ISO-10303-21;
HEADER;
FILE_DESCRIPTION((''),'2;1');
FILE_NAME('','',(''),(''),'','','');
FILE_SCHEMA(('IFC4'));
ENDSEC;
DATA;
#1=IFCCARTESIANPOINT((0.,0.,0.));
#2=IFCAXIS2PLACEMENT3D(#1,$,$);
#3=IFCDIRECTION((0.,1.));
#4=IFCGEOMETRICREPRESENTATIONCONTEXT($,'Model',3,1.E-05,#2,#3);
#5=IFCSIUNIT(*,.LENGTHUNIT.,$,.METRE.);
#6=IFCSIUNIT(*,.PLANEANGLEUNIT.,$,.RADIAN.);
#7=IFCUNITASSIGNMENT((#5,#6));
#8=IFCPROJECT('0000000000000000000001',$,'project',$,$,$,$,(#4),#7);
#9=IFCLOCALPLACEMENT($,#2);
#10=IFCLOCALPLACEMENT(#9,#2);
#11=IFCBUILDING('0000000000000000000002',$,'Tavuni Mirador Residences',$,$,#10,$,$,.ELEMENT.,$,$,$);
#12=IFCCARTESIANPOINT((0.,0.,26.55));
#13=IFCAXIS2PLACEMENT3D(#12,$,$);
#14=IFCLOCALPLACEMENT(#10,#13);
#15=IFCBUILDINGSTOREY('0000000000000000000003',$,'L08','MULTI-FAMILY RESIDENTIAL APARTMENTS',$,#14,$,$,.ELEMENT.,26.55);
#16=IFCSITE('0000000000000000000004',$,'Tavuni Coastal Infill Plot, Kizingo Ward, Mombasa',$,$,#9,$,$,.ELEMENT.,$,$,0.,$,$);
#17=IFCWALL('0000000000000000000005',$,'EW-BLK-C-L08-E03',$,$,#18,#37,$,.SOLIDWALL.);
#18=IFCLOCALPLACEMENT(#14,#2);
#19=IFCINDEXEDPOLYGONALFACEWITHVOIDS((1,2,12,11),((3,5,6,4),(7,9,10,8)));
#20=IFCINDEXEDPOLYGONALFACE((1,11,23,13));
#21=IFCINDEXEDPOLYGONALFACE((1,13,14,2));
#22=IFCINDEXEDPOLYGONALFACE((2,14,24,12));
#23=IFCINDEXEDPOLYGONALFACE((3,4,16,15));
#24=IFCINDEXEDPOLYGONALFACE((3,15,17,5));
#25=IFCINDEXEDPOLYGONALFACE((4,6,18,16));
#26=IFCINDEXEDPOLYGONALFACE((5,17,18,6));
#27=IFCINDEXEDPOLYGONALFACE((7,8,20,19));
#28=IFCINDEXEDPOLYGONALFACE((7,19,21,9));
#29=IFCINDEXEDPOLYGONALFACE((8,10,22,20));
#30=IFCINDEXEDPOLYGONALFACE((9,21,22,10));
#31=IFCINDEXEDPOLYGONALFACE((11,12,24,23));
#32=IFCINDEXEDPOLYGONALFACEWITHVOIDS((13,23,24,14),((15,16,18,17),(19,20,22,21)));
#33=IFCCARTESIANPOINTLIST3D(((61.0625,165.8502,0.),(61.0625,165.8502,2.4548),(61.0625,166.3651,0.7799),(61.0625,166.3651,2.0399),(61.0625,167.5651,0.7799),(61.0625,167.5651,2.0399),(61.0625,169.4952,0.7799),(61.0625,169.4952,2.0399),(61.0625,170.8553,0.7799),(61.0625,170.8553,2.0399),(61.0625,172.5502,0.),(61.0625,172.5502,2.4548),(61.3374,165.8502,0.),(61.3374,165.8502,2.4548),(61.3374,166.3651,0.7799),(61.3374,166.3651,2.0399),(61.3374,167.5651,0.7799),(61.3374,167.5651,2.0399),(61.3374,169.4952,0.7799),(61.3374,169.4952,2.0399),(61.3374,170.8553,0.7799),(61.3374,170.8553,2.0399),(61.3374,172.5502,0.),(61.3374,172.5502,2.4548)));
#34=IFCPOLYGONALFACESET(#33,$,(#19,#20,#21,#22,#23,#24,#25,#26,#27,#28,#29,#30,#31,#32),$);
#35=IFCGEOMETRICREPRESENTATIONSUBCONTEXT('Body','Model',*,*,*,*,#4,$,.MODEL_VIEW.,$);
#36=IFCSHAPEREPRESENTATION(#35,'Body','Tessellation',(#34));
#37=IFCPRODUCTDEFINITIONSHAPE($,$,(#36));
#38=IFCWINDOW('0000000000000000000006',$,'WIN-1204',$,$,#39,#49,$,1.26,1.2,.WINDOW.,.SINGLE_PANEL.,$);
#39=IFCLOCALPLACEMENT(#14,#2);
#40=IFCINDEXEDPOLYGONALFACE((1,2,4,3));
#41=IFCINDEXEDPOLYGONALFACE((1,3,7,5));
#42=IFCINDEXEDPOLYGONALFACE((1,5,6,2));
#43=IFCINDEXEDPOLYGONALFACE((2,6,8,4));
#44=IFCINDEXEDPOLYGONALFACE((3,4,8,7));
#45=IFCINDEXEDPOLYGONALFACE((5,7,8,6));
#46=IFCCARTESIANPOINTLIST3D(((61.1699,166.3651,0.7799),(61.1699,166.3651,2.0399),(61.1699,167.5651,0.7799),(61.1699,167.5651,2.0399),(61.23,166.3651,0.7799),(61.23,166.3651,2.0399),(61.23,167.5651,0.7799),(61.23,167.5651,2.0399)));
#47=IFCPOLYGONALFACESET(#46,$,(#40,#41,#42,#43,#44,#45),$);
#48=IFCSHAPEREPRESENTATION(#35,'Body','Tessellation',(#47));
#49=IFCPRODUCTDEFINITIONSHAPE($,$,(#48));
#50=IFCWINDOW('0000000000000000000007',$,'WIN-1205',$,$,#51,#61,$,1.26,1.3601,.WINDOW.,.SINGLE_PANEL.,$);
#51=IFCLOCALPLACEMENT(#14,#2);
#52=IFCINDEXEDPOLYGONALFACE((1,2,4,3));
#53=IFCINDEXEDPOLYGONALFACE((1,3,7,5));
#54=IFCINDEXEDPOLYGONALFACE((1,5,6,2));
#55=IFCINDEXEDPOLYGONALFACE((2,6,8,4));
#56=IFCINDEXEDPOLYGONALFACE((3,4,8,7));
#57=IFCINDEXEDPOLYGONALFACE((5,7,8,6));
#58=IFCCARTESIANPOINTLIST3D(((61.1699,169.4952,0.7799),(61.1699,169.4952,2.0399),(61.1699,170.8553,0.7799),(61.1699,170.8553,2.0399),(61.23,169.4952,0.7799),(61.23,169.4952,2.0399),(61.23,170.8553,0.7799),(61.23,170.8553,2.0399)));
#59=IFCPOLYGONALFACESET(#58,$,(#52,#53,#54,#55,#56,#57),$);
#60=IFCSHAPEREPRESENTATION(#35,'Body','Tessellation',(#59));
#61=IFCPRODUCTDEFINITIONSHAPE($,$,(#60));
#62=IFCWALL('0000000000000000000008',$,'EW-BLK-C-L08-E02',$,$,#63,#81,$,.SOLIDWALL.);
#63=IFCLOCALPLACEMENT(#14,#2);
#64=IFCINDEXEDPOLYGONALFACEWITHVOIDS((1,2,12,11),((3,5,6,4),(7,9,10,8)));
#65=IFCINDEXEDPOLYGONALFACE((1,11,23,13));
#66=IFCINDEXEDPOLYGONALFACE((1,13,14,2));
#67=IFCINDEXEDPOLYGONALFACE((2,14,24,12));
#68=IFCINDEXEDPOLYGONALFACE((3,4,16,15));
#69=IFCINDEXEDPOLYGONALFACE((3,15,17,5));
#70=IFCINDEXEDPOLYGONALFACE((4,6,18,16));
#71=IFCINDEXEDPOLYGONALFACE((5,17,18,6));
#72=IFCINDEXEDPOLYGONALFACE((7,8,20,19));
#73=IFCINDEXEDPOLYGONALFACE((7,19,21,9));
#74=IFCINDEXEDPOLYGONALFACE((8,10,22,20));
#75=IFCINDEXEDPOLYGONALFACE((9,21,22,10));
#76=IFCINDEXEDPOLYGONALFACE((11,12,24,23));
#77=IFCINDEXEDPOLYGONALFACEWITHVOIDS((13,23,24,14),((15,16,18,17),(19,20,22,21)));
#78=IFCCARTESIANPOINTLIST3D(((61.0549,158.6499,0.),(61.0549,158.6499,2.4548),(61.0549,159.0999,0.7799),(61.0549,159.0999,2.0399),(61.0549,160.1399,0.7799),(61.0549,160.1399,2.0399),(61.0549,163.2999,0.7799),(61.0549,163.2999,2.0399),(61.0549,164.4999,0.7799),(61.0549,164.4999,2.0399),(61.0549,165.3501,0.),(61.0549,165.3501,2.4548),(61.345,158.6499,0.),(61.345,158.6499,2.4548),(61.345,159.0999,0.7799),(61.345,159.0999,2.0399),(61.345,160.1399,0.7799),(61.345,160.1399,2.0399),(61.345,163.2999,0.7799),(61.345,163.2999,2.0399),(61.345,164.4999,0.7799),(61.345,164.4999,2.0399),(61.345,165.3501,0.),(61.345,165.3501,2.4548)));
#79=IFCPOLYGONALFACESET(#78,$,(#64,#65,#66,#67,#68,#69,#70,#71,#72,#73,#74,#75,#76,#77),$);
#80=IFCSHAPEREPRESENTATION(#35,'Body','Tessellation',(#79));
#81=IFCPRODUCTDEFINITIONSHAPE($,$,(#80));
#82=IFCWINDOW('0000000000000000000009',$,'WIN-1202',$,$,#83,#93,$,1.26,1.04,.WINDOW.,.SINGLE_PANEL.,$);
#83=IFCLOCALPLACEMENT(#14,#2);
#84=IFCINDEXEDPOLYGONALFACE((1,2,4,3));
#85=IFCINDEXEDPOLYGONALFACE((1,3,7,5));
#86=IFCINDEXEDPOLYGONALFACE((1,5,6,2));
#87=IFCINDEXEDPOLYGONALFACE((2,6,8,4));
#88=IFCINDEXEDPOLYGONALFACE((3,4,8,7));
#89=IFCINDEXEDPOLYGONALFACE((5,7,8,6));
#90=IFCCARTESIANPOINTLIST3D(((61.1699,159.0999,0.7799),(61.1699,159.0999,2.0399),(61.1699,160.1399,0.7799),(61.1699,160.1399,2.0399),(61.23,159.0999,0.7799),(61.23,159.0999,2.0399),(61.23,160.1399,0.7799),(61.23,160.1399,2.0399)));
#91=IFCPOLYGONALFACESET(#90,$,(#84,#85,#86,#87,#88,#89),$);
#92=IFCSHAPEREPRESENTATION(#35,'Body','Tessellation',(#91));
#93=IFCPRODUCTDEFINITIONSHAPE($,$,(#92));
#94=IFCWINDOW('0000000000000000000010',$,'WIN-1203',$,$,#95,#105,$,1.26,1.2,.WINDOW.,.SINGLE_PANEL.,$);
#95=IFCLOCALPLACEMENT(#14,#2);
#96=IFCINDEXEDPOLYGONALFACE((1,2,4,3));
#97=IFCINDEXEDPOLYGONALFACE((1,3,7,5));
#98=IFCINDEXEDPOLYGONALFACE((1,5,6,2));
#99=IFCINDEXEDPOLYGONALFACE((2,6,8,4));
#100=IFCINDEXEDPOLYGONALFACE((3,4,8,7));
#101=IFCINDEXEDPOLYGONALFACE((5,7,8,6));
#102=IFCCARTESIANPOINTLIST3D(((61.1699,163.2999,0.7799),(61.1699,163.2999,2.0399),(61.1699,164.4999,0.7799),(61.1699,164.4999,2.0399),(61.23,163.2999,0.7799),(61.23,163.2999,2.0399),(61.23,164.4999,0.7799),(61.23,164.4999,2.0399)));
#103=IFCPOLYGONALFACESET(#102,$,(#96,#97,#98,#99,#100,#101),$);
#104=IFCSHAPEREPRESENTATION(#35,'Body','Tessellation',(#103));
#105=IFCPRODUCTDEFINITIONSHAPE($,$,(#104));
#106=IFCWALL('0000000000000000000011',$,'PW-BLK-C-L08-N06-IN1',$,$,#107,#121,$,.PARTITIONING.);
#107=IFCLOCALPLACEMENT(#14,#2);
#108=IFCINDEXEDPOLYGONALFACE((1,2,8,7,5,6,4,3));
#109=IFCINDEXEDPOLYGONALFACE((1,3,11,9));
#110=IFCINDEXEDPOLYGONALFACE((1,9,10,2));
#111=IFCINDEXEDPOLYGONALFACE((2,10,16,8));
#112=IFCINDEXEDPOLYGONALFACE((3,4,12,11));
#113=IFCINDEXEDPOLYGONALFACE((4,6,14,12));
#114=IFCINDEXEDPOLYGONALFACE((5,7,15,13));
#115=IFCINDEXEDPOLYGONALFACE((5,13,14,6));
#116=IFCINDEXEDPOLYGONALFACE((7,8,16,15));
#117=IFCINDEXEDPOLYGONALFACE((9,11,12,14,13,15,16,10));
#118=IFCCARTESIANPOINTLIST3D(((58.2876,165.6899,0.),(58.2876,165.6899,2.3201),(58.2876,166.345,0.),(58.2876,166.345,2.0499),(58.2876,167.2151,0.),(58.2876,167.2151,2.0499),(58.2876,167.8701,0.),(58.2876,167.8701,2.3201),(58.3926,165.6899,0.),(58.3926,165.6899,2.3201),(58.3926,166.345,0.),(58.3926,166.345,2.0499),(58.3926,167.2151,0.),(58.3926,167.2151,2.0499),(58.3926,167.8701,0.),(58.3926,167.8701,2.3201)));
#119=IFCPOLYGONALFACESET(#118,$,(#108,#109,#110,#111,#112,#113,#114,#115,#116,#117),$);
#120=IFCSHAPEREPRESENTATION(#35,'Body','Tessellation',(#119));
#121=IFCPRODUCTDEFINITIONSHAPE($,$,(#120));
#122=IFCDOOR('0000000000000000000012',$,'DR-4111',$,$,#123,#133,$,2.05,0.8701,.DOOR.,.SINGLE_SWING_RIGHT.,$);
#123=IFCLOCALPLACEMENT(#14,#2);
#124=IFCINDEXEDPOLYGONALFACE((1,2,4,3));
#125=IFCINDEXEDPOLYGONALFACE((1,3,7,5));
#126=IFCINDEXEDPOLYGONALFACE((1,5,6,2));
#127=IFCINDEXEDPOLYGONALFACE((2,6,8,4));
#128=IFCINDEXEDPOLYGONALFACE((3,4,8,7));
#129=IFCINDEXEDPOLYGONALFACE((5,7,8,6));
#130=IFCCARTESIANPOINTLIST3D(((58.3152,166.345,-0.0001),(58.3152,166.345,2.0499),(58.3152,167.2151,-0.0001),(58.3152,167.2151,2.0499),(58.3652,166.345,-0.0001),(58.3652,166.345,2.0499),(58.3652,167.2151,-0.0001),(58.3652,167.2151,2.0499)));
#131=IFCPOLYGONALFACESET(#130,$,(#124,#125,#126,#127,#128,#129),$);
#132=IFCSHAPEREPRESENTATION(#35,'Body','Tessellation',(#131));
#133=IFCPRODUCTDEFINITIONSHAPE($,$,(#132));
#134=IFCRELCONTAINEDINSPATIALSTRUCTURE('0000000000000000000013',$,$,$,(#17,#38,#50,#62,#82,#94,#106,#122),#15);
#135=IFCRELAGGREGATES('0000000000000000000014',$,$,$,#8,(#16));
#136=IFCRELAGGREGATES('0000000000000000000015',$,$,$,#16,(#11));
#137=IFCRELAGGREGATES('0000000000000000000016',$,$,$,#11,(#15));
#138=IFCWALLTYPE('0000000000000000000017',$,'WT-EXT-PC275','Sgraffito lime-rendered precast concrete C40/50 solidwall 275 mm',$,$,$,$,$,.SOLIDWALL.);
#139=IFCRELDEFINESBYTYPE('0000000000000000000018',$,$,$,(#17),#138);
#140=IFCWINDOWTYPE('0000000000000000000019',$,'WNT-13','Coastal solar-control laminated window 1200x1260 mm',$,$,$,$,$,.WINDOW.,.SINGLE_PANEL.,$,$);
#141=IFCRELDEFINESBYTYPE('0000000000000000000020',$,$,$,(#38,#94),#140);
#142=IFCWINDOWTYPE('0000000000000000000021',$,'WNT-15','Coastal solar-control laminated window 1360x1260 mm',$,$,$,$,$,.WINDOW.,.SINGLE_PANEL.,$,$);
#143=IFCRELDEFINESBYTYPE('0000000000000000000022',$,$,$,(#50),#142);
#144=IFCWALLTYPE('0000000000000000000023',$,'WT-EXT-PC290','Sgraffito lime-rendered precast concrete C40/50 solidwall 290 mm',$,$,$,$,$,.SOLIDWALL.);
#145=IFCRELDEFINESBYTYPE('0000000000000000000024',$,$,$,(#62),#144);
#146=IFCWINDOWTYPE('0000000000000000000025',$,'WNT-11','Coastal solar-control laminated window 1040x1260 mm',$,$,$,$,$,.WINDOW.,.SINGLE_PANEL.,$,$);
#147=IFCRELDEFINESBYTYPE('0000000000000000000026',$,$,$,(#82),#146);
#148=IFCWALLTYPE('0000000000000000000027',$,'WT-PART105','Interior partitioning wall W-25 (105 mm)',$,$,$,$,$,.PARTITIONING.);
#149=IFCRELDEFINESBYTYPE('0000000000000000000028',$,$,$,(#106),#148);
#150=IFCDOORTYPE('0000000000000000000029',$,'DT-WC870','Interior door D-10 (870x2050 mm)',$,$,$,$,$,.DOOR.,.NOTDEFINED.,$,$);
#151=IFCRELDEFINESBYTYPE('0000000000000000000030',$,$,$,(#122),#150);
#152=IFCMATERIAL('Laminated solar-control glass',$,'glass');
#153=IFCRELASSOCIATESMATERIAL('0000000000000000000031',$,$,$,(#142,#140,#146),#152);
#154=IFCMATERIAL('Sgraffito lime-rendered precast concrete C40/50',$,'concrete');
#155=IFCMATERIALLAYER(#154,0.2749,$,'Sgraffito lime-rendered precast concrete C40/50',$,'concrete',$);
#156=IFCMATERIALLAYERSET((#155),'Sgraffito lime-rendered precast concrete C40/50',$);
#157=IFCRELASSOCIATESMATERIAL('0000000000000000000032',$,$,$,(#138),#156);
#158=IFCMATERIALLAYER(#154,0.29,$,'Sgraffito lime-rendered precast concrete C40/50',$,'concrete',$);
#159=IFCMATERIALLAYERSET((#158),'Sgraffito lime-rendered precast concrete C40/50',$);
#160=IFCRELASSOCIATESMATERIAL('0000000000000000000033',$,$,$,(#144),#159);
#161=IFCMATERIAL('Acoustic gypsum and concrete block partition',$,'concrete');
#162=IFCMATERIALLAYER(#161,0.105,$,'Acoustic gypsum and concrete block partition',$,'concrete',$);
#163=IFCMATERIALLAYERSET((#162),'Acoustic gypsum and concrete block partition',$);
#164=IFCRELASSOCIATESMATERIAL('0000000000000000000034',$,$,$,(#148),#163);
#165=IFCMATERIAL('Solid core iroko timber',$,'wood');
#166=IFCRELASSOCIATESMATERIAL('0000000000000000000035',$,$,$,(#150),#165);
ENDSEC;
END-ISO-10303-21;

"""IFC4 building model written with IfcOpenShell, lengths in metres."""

from ifc_helpers import new_model, si_unit, direction, frame, frame_2d, origin, place, context, subcontext, project, spatial, rectangle, extrude, material, layer, layer_set, type_object, element, fill, save


model = new_model("IFC4")

# Units and contexts
model_context = context("Model", 3, precision=1e-05, world=origin(), true_north=direction((0.0, 1.0)))
body_context = subcontext(model_context, "Body", "Model", "MODEL_VIEW")
ifc_project = project(units=[si_unit("LENGTHUNIT", "METRE"), si_unit("PLANEANGLEUNIT", "RADIAN")], contexts=[model_context])

# Site, building, storey
site_placement = place(None, origin())
site = spatial("IfcSite", under=ifc_project, at=site_placement, Name="Tavuni Coastal Infill Plot, Kizingo Ward, Mombasa", CompositionType="ELEMENT", RefElevation=0.0)
building_placement = place(site_placement, origin())
building = spatial("IfcBuilding", under=site, at=building_placement, Name="Tavuni Mirador Residences", CompositionType="ELEMENT")
storey_placement = place(building_placement, frame((0.0, 0.0, 26.55)))
storey = spatial("IfcBuildingStorey", under=building, at=storey_placement, Name="L08", Description="MULTI-FAMILY RESIDENTIAL APARTMENTS", CompositionType="ELEMENT", Elevation=26.55)

# Shared definitions
ifc_material_1 = material(Name="Solid core iroko timber", Category="wood")

# Walls, openings, windows
ifc_material_2 = material(Name="Laminated solar-control glass", Category="glass")
window_type_1 = type_object("IfcWindowType", Name="WNT-15", Description="Coastal solar-control laminated window 1360x1260 mm", PartitioningType="SINGLE_PANEL", PredefinedType="WINDOW", material=ifc_material_2)
ifc_material_3 = material(Name="Sgraffito lime-rendered precast concrete C40/50", Category="concrete")
ifc_layer_1 = layer(ifc_material_3, 0.2749, Name="Sgraffito lime-rendered precast concrete C40/50", Category="concrete")
ifc_layer_set_1 = layer_set([ifc_layer_1], Name="Sgraffito lime-rendered precast concrete C40/50")
wall_type_1 = type_object("IfcWallType", Name="WT-EXT-PC275", Description="Sgraffito lime-rendered precast concrete C40/50 solidwall 275 mm", PredefinedType="SOLIDWALL", material=ifc_layer_set_1)
wall_1_placement = place(storey_placement, frame((61.2, 165.8501, 0.0), z_axis=(0.0, 0.0, 1.0), x_axis=(0.0, 1.0, 0.0)))
wall_1 = element("IfcWall", 1, at=wall_1_placement, inside=storey, type_object=wall_type_1, Name="EW-BLK-C-L08-E03", PredefinedType="SOLIDWALL", context=body_context, shape_type="SweptSolid", body=[
    extrude(rectangle(XDim=6.7, YDim=0.2749, at=frame_2d((3.3501, 0.0))), origin(), (0.0, 0.0, 1.0), 2.4548),
])
opening_1_placement = place(wall_1_placement, frame((0.5149, 0.0, 0.78)))
opening_1 = element("IfcOpeningElement", 2, at=opening_1_placement, cuts=wall_1, PredefinedType="OPENING", context=body_context, shape_type="SweptSolid", body=[
    extrude(rectangle(XDim=1.2, YDim=1.26, at=frame_2d((0.6001, 0.6299))), frame((0.0, 0.1475, 0.0), z_axis=(0.0, -1.0, 0.0), x_axis=(1.0, 0.0, 0.0)), (0.0, 0.0, 1.0), 0.2949),
])
opening_2_placement = place(wall_1_placement, frame((3.645, 0.0, 0.78)))
opening_2 = element("IfcOpeningElement", 3, at=opening_2_placement, cuts=wall_1, PredefinedType="OPENING", context=body_context, shape_type="SweptSolid", body=[
    extrude(rectangle(XDim=1.3601, YDim=1.26, at=frame_2d((0.6802, 0.6299))), frame((0.0, 0.1475, 0.0), z_axis=(0.0, -1.0, 0.0), x_axis=(1.0, 0.0, 0.0)), (0.0, 0.0, 1.0), 0.2949),
])
window_type_2 = type_object("IfcWindowType", Name="WNT-13", Description="Coastal solar-control laminated window 1200x1260 mm", PartitioningType="SINGLE_PANEL", PredefinedType="WINDOW", material=ifc_material_2)
window_1_placement = place(opening_1_placement, origin())
window_1 = element("IfcWindow", 4, at=window_1_placement, inside=storey, type_object=window_type_2, Name="WIN-1204", OverallHeight=1.26, OverallWidth=1.2, PartitioningType="SINGLE_PANEL", PredefinedType="WINDOW", context=body_context, shape_type="SweptSolid", body=[
    extrude(rectangle(XDim=1.2, YDim=1.26, at=frame_2d((0.6001, 0.6299))), frame((0.0, 0.03, 0.0), z_axis=(0.0, -1.0, 0.0), x_axis=(1.0, 0.0, 0.0)), (0.0, 0.0, 1.0), 0.0601),
])
fill(opening_1, window_1)
window_2_placement = place(opening_2_placement, origin())
window_2 = element("IfcWindow", 5, at=window_2_placement, inside=storey, type_object=window_type_1, Name="WIN-1205", OverallHeight=1.26, OverallWidth=1.3601, PartitioningType="SINGLE_PANEL", PredefinedType="WINDOW", context=body_context, shape_type="SweptSolid", body=[
    extrude(rectangle(XDim=1.3601, YDim=1.26, at=frame_2d((0.6802, 0.6299))), frame((0.0, 0.03, 0.0), z_axis=(0.0, -1.0, 0.0), x_axis=(1.0, 0.0, 0.0)), (0.0, 0.0, 1.0), 0.0601),
])
fill(opening_2, window_2)
ifc_layer_2 = layer(ifc_material_3, 0.29, Name="Sgraffito lime-rendered precast concrete C40/50", Category="concrete")
ifc_layer_set_2 = layer_set([ifc_layer_2], Name="Sgraffito lime-rendered precast concrete C40/50")
wall_type_2 = type_object("IfcWallType", Name="WT-EXT-PC290", Description="Sgraffito lime-rendered precast concrete C40/50 solidwall 290 mm", PredefinedType="SOLIDWALL", material=ifc_layer_set_2)
wall_2_placement = place(storey_placement, frame((61.2, 158.6499, 0.0), z_axis=(0.0, 0.0, 1.0), x_axis=(0.0, 1.0, 0.0)))
wall_2 = element("IfcWall", 6, at=wall_2_placement, inside=storey, type_object=wall_type_2, Name="EW-BLK-C-L08-E02", PredefinedType="SOLIDWALL", context=body_context, shape_type="SweptSolid", body=[
    extrude(rectangle(XDim=6.7002, YDim=0.29, at=frame_2d((3.3501, 0.0))), origin(), (0.0, 0.0, 1.0), 2.4548),
])
opening_3_placement = place(wall_2_placement, frame((0.45, 0.0, 0.78)))
opening_3 = element("IfcOpeningElement", 7, at=opening_3_placement, cuts=wall_2, PredefinedType="OPENING", context=body_context, shape_type="SweptSolid", body=[
    extrude(rectangle(XDim=1.04, YDim=1.26, at=frame_2d((0.52, 0.6299))), frame((0.0, 0.155, 0.0), z_axis=(0.0, -1.0, 0.0), x_axis=(1.0, 0.0, 0.0)), (0.0, 0.0, 1.0), 0.3101),
])
opening_4_placement = place(wall_2_placement, frame((4.6499, 0.0, 0.78)))
opening_4 = element("IfcOpeningElement", 8, at=opening_4_placement, cuts=wall_2, PredefinedType="OPENING", context=body_context, shape_type="SweptSolid", body=[
    extrude(rectangle(XDim=1.2, YDim=1.26, at=frame_2d((0.6001, 0.6299))), frame((0.0, 0.155, 0.0), z_axis=(0.0, -1.0, 0.0), x_axis=(1.0, 0.0, 0.0)), (0.0, 0.0, 1.0), 0.3101),
])
window_type_3 = type_object("IfcWindowType", Name="WNT-11", Description="Coastal solar-control laminated window 1040x1260 mm", PartitioningType="SINGLE_PANEL", PredefinedType="WINDOW", material=ifc_material_2)
window_3_placement = place(opening_3_placement, origin())
window_3 = element("IfcWindow", 9, at=window_3_placement, inside=storey, type_object=window_type_3, Name="WIN-1202", OverallHeight=1.26, OverallWidth=1.04, PartitioningType="SINGLE_PANEL", PredefinedType="WINDOW", context=body_context, shape_type="SweptSolid", body=[
    extrude(rectangle(XDim=1.04, YDim=1.26, at=frame_2d((0.52, 0.6299))), frame((0.0, 0.03, 0.0), z_axis=(0.0, -1.0, 0.0), x_axis=(1.0, 0.0, 0.0)), (0.0, 0.0, 1.0), 0.0601),
])
fill(opening_3, window_3)
window_4_placement = place(opening_4_placement, origin())
window_4 = element("IfcWindow", 10, at=window_4_placement, inside=storey, type_object=window_type_2, Name="WIN-1203", OverallHeight=1.26, OverallWidth=1.2, PartitioningType="SINGLE_PANEL", PredefinedType="WINDOW", context=body_context, shape_type="SweptSolid", body=[
    extrude(rectangle(XDim=1.2, YDim=1.26, at=frame_2d((0.6001, 0.6299))), frame((0.0, 0.03, 0.0), z_axis=(0.0, -1.0, 0.0), x_axis=(1.0, 0.0, 0.0)), (0.0, 0.0, 1.0), 0.0601),
])
fill(opening_4, window_4)

# Wall, opening, door
ifc_material_4 = material(Name="Acoustic gypsum and concrete block partition", Category="concrete")
ifc_layer_3 = layer(ifc_material_4, 0.105, Name="Acoustic gypsum and concrete block partition", Category="concrete")
ifc_layer_set_3 = layer_set([ifc_layer_3], Name="Acoustic gypsum and concrete block partition")
wall_type_3 = type_object("IfcWallType", Name="WT-PART105", Description="Interior partitioning wall W-25 (105 mm)", PredefinedType="PARTITIONING", material=ifc_layer_set_3)
wall_3_placement = place(storey_placement, frame((58.3401, 165.6899, 0.0), z_axis=(0.0, 0.0, 1.0), x_axis=(0.0, 1.0, 0.0)))
wall_3 = element("IfcWall", 11, at=wall_3_placement, inside=storey, type_object=wall_type_3, Name="PW-BLK-C-L08-N06-IN1", PredefinedType="PARTITIONING", context=body_context, shape_type="SweptSolid", body=[
    extrude(rectangle(XDim=2.1802, YDim=0.105, at=frame_2d((1.0901, 0.0))), origin(), (0.0, 0.0, 1.0), 2.3201),
])
opening_5_placement = place(wall_3_placement, frame((0.655, 0.0, 0.0)))
opening_5 = element("IfcOpeningElement", 12, at=opening_5_placement, cuts=wall_3, PredefinedType="OPENING", context=body_context, shape_type="SweptSolid", body=[
    extrude(rectangle(XDim=0.8701, YDim=2.05, at=frame_2d((0.4351, 1.0249))), frame((0.0, 0.0625, 0.0), z_axis=(0.0, -1.0, 0.0), x_axis=(1.0, 0.0, 0.0)), (0.0, 0.0, 1.0), 0.125),
])
door_type_1 = type_object("IfcDoorType", Name="DT-WC870", Description="Interior door D-10 (870x2050 mm)", OperationType="NOTDEFINED", PredefinedType="DOOR", material=ifc_material_1)
door_1_placement = place(opening_5_placement, origin())
door_1 = element("IfcDoor", 13, at=door_1_placement, inside=storey, type_object=door_type_1, Name="DR-4111", OperationType="SINGLE_SWING_RIGHT", OverallHeight=2.05, OverallWidth=0.8701, PredefinedType="DOOR", context=body_context, shape_type="SweptSolid", body=[
    extrude(rectangle(XDim=0.8701, YDim=2.05, at=frame_2d((0.4351, 1.0249))), frame((0.0, 0.0249, 0.0), z_axis=(0.0, -1.0, 0.0), x_axis=(1.0, 0.0, 0.0)), (0.0, 0.0, 1.0), 0.05),
])
fill(opening_5, door_1)

save(model, "model.ifc")
